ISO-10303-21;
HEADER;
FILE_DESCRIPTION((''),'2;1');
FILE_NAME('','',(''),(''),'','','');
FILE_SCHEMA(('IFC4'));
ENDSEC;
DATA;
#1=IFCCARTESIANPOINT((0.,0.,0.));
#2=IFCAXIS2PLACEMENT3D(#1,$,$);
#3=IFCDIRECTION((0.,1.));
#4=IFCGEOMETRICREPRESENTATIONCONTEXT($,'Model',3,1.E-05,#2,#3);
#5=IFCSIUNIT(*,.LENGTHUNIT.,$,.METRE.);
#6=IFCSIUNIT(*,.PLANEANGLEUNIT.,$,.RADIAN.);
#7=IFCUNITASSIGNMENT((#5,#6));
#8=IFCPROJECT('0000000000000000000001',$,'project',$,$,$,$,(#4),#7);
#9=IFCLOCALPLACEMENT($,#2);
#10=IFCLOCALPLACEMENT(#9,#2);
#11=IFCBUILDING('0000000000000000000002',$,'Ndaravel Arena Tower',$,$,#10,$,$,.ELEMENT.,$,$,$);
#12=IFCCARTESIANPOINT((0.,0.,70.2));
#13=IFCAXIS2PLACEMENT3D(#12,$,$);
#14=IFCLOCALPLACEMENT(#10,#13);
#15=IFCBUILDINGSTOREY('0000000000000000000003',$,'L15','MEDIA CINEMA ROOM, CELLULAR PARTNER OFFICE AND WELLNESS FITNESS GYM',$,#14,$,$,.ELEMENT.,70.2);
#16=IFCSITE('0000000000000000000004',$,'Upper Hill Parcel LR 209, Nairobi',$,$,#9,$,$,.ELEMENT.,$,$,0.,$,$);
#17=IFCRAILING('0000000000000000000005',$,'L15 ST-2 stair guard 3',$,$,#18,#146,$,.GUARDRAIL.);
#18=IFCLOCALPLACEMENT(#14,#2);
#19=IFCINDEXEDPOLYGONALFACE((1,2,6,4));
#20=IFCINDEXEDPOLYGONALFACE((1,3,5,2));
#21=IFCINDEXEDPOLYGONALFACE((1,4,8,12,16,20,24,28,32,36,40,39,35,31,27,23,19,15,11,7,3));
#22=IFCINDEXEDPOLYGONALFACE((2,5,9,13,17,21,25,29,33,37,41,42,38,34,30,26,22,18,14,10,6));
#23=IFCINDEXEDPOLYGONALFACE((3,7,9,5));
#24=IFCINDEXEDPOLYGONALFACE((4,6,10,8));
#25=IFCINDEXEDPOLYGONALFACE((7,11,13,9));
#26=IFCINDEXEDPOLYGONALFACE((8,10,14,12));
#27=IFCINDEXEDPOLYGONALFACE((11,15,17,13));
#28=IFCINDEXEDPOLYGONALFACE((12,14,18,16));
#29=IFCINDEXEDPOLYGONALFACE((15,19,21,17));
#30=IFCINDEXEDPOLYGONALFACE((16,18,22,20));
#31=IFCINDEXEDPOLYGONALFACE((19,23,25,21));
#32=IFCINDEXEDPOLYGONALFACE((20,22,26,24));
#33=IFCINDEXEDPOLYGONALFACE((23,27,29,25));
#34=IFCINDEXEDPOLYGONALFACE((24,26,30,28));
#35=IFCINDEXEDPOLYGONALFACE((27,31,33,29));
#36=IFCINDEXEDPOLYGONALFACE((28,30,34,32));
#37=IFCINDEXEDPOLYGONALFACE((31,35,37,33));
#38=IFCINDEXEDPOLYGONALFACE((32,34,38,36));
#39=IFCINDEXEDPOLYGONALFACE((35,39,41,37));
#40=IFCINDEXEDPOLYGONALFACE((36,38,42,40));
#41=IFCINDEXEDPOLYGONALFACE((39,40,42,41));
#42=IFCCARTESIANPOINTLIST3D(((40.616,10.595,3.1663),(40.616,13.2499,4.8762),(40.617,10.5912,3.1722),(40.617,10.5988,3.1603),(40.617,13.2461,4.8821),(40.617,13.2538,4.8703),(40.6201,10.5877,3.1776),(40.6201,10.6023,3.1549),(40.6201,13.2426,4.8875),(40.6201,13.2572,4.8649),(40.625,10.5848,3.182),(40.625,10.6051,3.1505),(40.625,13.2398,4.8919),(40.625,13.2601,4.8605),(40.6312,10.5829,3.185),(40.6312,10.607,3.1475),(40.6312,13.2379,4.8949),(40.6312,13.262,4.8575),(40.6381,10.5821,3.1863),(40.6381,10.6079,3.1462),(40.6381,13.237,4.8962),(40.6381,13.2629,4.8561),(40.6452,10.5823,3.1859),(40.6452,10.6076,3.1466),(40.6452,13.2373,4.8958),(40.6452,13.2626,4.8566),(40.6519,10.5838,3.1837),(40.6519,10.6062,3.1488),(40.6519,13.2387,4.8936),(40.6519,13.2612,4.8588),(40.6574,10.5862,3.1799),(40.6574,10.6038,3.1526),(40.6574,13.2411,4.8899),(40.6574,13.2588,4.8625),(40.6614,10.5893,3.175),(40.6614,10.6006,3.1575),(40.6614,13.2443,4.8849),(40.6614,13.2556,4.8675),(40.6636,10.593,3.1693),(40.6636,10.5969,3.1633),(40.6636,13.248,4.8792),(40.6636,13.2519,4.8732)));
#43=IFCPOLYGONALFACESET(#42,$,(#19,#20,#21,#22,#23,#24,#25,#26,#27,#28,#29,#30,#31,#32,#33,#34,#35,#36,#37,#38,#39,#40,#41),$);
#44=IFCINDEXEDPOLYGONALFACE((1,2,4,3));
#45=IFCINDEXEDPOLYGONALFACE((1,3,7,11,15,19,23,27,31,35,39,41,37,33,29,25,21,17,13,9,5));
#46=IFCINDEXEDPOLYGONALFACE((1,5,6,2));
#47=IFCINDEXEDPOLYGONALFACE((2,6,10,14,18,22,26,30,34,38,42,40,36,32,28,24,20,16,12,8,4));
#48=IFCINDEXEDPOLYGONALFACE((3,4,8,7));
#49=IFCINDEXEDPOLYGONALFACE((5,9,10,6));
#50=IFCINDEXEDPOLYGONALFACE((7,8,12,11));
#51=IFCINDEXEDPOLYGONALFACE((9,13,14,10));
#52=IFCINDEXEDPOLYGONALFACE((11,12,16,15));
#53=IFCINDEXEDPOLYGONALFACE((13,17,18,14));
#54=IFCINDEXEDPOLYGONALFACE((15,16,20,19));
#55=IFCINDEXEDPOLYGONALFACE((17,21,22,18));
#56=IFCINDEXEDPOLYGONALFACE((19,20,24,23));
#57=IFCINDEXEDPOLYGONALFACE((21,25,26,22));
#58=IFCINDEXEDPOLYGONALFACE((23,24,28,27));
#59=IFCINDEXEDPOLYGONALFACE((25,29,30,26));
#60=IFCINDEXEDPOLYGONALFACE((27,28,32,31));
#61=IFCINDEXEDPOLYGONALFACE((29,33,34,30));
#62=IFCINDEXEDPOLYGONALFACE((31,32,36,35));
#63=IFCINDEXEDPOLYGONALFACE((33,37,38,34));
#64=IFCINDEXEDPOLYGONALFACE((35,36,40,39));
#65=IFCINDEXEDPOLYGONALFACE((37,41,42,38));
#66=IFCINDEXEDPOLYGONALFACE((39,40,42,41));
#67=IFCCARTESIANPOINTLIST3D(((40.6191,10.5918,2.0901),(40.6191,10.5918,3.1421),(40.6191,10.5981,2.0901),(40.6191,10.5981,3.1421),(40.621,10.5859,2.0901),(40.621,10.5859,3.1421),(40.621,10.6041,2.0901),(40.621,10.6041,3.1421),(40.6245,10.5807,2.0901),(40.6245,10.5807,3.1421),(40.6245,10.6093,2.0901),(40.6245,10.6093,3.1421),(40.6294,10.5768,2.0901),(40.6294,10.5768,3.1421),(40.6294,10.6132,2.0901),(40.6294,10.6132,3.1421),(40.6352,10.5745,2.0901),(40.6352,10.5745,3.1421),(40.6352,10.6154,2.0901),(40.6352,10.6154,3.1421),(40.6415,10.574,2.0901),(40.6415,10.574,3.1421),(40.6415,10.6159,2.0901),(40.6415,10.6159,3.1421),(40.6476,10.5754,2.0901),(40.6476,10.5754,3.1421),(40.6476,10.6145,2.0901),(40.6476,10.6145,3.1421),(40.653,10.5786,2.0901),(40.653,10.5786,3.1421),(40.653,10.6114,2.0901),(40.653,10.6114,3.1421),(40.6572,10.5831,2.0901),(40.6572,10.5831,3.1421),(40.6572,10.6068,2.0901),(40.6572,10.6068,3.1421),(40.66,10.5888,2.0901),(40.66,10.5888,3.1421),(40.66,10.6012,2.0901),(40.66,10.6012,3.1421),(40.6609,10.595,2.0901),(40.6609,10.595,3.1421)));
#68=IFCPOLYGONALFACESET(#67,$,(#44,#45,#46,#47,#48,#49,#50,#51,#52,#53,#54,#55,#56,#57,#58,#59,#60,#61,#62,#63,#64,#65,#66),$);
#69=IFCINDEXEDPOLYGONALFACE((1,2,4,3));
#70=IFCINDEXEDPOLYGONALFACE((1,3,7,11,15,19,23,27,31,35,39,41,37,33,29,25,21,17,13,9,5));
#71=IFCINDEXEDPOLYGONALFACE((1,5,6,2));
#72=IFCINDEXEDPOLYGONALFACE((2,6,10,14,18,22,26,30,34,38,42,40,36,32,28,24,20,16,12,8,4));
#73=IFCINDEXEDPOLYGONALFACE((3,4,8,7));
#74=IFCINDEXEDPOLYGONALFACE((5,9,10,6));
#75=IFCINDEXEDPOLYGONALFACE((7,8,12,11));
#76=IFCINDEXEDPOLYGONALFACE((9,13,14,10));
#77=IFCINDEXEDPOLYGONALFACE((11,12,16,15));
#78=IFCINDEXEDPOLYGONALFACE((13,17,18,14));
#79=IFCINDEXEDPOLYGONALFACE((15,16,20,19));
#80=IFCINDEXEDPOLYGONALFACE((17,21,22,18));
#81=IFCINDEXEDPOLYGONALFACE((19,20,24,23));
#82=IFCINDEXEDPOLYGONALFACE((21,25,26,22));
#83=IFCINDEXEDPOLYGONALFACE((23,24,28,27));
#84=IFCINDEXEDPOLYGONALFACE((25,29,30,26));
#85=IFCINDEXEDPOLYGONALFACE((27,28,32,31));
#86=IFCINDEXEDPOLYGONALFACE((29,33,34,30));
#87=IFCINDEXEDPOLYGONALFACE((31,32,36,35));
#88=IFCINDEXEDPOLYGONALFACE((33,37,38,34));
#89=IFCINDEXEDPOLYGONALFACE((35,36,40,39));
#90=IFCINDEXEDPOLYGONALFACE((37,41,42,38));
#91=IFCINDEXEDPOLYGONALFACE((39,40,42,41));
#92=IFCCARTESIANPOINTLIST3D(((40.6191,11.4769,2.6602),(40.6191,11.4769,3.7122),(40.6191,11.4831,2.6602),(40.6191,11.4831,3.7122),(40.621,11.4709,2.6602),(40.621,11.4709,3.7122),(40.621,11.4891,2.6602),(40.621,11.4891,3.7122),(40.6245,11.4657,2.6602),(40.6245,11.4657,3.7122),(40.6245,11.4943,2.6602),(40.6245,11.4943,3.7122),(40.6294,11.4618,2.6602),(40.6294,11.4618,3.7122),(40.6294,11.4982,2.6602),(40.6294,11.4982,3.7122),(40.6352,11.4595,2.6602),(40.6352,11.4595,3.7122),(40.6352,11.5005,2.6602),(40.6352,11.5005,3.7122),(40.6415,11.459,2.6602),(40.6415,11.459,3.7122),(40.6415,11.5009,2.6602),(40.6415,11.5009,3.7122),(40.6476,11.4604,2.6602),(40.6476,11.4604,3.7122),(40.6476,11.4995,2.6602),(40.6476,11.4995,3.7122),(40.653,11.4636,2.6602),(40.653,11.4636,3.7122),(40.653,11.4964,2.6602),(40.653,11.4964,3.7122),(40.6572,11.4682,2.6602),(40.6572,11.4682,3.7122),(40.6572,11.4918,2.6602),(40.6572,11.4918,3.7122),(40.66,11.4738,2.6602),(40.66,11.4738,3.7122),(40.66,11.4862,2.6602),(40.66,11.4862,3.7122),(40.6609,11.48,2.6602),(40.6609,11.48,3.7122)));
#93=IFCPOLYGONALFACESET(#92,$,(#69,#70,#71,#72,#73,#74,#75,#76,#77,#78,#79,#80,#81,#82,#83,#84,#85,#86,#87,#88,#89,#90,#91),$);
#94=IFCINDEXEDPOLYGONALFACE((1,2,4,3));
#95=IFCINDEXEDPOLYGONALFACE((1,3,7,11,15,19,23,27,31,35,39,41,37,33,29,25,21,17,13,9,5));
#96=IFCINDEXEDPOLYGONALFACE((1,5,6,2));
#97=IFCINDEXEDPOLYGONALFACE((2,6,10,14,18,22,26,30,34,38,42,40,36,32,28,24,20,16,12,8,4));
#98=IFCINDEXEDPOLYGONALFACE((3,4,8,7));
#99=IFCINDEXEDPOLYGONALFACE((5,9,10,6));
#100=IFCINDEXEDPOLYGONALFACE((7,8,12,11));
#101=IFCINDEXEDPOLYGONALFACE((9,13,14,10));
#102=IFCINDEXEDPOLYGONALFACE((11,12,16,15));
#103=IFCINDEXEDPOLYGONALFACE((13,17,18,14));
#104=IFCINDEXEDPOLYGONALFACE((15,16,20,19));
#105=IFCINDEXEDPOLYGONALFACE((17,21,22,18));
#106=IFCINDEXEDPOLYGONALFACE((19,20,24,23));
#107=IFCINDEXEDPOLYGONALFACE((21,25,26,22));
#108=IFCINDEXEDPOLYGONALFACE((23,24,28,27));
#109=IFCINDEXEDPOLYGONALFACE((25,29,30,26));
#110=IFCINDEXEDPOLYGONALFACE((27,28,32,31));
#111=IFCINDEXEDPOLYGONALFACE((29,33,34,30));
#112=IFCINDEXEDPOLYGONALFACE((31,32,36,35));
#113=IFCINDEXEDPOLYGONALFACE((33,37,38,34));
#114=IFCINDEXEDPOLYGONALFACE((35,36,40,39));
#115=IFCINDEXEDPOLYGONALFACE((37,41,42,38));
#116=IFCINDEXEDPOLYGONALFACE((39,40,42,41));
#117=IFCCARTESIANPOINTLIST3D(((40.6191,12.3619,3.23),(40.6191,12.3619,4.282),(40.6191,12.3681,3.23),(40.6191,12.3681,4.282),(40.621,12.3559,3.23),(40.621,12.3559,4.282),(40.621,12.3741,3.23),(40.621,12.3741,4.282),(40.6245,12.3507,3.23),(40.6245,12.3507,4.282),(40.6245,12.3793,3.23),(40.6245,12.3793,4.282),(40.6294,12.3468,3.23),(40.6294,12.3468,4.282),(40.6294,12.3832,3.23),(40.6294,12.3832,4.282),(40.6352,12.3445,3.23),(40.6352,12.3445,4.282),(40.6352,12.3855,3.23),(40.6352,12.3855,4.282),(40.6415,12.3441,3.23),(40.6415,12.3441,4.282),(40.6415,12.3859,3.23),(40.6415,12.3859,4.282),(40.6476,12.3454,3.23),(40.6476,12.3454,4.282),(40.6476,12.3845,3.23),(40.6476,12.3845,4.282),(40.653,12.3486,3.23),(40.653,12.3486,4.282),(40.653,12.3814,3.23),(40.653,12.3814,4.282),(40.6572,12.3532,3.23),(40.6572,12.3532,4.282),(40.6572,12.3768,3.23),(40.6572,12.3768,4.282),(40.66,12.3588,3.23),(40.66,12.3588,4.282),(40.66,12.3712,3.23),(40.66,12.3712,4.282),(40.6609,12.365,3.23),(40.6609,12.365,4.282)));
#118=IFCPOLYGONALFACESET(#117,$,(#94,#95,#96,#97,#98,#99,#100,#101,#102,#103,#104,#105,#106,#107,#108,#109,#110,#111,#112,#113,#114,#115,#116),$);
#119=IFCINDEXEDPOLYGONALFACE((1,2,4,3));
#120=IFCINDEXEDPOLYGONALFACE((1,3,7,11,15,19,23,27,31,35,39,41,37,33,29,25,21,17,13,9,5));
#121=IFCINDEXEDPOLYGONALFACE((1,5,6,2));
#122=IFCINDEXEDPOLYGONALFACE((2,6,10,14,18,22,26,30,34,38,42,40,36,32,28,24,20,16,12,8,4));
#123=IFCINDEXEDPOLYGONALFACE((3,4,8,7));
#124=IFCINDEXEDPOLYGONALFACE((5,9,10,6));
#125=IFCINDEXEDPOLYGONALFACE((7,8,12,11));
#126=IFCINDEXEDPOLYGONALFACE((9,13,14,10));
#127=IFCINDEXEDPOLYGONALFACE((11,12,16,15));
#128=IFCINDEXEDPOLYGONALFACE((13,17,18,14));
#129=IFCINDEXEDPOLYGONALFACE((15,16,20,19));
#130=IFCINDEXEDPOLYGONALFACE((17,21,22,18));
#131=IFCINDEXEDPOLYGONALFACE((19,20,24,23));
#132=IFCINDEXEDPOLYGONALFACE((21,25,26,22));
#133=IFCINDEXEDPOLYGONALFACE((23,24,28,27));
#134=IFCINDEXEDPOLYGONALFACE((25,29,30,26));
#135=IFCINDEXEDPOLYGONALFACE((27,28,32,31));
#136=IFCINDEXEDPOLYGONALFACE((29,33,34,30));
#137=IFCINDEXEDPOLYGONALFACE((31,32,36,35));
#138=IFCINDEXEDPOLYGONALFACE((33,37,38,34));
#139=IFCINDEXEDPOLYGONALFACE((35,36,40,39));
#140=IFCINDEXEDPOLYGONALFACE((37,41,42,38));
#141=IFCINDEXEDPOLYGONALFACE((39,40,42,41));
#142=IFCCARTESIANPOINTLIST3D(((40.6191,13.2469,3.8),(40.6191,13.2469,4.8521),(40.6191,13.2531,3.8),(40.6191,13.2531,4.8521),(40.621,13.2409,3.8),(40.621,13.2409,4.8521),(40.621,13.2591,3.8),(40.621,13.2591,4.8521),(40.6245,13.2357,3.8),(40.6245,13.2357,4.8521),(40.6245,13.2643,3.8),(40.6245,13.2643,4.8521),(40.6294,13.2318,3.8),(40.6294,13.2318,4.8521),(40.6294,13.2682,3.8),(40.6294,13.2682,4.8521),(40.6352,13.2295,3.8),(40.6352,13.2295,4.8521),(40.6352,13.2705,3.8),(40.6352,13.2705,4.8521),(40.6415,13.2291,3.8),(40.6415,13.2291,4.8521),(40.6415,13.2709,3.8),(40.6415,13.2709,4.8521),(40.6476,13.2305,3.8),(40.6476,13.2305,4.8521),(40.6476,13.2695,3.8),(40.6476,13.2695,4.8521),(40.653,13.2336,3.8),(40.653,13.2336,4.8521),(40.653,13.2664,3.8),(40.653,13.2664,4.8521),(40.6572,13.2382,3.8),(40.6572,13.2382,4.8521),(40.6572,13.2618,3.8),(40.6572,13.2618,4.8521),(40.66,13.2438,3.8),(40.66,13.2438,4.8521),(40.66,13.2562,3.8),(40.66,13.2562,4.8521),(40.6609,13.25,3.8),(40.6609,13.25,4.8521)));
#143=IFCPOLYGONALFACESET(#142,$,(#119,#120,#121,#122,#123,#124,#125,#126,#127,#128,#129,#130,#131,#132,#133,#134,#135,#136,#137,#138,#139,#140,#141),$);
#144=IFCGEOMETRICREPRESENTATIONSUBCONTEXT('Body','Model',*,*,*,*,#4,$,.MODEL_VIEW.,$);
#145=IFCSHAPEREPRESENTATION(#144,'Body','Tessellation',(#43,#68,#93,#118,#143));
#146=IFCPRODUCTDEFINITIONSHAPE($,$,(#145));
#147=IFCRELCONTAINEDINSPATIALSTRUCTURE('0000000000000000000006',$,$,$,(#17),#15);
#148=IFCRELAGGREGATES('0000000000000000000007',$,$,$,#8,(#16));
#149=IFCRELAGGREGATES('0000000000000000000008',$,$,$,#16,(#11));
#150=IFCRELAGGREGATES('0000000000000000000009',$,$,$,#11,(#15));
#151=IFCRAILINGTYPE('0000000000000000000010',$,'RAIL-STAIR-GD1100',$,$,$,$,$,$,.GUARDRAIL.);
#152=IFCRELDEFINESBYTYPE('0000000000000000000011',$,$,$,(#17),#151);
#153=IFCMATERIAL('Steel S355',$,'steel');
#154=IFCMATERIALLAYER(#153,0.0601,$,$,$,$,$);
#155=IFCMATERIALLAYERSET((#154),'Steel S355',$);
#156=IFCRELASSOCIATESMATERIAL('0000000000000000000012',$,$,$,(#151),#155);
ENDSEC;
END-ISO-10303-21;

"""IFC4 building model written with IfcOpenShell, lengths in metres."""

from ifc_helpers import new_model, si_unit, direction, frame, origin, origin_2d, place, context, subcontext, project, spatial, circle, extrude, material, layer, layer_set, type_object, element, save


model = new_model("IFC4")

# Units and contexts
model_context = context("Model", 3, precision=1e-05, world=origin(), true_north=direction((0.0, 1.0)))
body_context = subcontext(model_context, "Body", "Model", "MODEL_VIEW")
ifc_project = project(units=[si_unit("LENGTHUNIT", "METRE"), si_unit("PLANEANGLEUNIT", "RADIAN")], contexts=[model_context])

# Site, building, storey
site_placement = place(None, origin())
site = spatial("IfcSite", under=ifc_project, at=site_placement, Name="Upper Hill Parcel LR 209, Nairobi", CompositionType="ELEMENT", RefElevation=0.0)
building_placement = place(site_placement, origin())
building = spatial("IfcBuilding", under=site, at=building_placement, Name="Ndaravel Arena Tower", CompositionType="ELEMENT")
storey_placement = place(building_placement, frame((0.0, 0.0, 70.2)))
storey = spatial("IfcBuildingStorey", under=building, at=storey_placement, Name="L15", Description="MEDIA CINEMA ROOM, CELLULAR PARTNER OFFICE AND WELLNESS FITNESS GYM", CompositionType="ELEMENT", Elevation=70.2)

# Railing
ifc_material_1 = material(Name="Steel S355", Category="steel")
ifc_layer_1 = layer(ifc_material_1, 0.0601)
ifc_layer_set_1 = layer_set([ifc_layer_1], Name="Steel S355")
railing_type_1 = type_object("IfcRailingType", Name="RAIL-STAIR-GD1100", PredefinedType="GUARDRAIL", material=ifc_layer_set_1)
railing_1_placement = place(storey_placement, frame((40.6399, 10.595, 2.0901)))
element("IfcRailing", 1, at=railing_1_placement, inside=storey, type_object=railing_type_1, Name="L15 ST-2 stair guard 3", PredefinedType="GUARDRAIL", context=body_context, shape_type="SweptSolid", body=[
    extrude(circle(Radius=0.0239, at=origin_2d()), frame((0.0, 0.0, 1.0762), z_axis=(0.0, 0.840724, 0.541465), x_axis=(-1.0, 0.0, 0.0)), (0.0, 0.0, 1.0), 3.158),
    extrude(circle(Radius=0.021, at=origin_2d()), origin(), (0.0, 0.0, 1.0), 1.052),
    extrude(circle(Radius=0.021, at=origin_2d()), frame((0.0, 0.885, 0.5701)), (0.0, 0.0, 1.0), 1.052),
    extrude(circle(Radius=0.021, at=origin_2d()), frame((0.0, 1.77, 1.1399)), (0.0, 0.0, 1.0), 1.052),
    extrude(circle(Radius=0.021, at=origin_2d()), frame((0.0, 2.655, 1.71)), (0.0, 0.0, 1.0), 1.052),
])

save(model, "model.ifc")
